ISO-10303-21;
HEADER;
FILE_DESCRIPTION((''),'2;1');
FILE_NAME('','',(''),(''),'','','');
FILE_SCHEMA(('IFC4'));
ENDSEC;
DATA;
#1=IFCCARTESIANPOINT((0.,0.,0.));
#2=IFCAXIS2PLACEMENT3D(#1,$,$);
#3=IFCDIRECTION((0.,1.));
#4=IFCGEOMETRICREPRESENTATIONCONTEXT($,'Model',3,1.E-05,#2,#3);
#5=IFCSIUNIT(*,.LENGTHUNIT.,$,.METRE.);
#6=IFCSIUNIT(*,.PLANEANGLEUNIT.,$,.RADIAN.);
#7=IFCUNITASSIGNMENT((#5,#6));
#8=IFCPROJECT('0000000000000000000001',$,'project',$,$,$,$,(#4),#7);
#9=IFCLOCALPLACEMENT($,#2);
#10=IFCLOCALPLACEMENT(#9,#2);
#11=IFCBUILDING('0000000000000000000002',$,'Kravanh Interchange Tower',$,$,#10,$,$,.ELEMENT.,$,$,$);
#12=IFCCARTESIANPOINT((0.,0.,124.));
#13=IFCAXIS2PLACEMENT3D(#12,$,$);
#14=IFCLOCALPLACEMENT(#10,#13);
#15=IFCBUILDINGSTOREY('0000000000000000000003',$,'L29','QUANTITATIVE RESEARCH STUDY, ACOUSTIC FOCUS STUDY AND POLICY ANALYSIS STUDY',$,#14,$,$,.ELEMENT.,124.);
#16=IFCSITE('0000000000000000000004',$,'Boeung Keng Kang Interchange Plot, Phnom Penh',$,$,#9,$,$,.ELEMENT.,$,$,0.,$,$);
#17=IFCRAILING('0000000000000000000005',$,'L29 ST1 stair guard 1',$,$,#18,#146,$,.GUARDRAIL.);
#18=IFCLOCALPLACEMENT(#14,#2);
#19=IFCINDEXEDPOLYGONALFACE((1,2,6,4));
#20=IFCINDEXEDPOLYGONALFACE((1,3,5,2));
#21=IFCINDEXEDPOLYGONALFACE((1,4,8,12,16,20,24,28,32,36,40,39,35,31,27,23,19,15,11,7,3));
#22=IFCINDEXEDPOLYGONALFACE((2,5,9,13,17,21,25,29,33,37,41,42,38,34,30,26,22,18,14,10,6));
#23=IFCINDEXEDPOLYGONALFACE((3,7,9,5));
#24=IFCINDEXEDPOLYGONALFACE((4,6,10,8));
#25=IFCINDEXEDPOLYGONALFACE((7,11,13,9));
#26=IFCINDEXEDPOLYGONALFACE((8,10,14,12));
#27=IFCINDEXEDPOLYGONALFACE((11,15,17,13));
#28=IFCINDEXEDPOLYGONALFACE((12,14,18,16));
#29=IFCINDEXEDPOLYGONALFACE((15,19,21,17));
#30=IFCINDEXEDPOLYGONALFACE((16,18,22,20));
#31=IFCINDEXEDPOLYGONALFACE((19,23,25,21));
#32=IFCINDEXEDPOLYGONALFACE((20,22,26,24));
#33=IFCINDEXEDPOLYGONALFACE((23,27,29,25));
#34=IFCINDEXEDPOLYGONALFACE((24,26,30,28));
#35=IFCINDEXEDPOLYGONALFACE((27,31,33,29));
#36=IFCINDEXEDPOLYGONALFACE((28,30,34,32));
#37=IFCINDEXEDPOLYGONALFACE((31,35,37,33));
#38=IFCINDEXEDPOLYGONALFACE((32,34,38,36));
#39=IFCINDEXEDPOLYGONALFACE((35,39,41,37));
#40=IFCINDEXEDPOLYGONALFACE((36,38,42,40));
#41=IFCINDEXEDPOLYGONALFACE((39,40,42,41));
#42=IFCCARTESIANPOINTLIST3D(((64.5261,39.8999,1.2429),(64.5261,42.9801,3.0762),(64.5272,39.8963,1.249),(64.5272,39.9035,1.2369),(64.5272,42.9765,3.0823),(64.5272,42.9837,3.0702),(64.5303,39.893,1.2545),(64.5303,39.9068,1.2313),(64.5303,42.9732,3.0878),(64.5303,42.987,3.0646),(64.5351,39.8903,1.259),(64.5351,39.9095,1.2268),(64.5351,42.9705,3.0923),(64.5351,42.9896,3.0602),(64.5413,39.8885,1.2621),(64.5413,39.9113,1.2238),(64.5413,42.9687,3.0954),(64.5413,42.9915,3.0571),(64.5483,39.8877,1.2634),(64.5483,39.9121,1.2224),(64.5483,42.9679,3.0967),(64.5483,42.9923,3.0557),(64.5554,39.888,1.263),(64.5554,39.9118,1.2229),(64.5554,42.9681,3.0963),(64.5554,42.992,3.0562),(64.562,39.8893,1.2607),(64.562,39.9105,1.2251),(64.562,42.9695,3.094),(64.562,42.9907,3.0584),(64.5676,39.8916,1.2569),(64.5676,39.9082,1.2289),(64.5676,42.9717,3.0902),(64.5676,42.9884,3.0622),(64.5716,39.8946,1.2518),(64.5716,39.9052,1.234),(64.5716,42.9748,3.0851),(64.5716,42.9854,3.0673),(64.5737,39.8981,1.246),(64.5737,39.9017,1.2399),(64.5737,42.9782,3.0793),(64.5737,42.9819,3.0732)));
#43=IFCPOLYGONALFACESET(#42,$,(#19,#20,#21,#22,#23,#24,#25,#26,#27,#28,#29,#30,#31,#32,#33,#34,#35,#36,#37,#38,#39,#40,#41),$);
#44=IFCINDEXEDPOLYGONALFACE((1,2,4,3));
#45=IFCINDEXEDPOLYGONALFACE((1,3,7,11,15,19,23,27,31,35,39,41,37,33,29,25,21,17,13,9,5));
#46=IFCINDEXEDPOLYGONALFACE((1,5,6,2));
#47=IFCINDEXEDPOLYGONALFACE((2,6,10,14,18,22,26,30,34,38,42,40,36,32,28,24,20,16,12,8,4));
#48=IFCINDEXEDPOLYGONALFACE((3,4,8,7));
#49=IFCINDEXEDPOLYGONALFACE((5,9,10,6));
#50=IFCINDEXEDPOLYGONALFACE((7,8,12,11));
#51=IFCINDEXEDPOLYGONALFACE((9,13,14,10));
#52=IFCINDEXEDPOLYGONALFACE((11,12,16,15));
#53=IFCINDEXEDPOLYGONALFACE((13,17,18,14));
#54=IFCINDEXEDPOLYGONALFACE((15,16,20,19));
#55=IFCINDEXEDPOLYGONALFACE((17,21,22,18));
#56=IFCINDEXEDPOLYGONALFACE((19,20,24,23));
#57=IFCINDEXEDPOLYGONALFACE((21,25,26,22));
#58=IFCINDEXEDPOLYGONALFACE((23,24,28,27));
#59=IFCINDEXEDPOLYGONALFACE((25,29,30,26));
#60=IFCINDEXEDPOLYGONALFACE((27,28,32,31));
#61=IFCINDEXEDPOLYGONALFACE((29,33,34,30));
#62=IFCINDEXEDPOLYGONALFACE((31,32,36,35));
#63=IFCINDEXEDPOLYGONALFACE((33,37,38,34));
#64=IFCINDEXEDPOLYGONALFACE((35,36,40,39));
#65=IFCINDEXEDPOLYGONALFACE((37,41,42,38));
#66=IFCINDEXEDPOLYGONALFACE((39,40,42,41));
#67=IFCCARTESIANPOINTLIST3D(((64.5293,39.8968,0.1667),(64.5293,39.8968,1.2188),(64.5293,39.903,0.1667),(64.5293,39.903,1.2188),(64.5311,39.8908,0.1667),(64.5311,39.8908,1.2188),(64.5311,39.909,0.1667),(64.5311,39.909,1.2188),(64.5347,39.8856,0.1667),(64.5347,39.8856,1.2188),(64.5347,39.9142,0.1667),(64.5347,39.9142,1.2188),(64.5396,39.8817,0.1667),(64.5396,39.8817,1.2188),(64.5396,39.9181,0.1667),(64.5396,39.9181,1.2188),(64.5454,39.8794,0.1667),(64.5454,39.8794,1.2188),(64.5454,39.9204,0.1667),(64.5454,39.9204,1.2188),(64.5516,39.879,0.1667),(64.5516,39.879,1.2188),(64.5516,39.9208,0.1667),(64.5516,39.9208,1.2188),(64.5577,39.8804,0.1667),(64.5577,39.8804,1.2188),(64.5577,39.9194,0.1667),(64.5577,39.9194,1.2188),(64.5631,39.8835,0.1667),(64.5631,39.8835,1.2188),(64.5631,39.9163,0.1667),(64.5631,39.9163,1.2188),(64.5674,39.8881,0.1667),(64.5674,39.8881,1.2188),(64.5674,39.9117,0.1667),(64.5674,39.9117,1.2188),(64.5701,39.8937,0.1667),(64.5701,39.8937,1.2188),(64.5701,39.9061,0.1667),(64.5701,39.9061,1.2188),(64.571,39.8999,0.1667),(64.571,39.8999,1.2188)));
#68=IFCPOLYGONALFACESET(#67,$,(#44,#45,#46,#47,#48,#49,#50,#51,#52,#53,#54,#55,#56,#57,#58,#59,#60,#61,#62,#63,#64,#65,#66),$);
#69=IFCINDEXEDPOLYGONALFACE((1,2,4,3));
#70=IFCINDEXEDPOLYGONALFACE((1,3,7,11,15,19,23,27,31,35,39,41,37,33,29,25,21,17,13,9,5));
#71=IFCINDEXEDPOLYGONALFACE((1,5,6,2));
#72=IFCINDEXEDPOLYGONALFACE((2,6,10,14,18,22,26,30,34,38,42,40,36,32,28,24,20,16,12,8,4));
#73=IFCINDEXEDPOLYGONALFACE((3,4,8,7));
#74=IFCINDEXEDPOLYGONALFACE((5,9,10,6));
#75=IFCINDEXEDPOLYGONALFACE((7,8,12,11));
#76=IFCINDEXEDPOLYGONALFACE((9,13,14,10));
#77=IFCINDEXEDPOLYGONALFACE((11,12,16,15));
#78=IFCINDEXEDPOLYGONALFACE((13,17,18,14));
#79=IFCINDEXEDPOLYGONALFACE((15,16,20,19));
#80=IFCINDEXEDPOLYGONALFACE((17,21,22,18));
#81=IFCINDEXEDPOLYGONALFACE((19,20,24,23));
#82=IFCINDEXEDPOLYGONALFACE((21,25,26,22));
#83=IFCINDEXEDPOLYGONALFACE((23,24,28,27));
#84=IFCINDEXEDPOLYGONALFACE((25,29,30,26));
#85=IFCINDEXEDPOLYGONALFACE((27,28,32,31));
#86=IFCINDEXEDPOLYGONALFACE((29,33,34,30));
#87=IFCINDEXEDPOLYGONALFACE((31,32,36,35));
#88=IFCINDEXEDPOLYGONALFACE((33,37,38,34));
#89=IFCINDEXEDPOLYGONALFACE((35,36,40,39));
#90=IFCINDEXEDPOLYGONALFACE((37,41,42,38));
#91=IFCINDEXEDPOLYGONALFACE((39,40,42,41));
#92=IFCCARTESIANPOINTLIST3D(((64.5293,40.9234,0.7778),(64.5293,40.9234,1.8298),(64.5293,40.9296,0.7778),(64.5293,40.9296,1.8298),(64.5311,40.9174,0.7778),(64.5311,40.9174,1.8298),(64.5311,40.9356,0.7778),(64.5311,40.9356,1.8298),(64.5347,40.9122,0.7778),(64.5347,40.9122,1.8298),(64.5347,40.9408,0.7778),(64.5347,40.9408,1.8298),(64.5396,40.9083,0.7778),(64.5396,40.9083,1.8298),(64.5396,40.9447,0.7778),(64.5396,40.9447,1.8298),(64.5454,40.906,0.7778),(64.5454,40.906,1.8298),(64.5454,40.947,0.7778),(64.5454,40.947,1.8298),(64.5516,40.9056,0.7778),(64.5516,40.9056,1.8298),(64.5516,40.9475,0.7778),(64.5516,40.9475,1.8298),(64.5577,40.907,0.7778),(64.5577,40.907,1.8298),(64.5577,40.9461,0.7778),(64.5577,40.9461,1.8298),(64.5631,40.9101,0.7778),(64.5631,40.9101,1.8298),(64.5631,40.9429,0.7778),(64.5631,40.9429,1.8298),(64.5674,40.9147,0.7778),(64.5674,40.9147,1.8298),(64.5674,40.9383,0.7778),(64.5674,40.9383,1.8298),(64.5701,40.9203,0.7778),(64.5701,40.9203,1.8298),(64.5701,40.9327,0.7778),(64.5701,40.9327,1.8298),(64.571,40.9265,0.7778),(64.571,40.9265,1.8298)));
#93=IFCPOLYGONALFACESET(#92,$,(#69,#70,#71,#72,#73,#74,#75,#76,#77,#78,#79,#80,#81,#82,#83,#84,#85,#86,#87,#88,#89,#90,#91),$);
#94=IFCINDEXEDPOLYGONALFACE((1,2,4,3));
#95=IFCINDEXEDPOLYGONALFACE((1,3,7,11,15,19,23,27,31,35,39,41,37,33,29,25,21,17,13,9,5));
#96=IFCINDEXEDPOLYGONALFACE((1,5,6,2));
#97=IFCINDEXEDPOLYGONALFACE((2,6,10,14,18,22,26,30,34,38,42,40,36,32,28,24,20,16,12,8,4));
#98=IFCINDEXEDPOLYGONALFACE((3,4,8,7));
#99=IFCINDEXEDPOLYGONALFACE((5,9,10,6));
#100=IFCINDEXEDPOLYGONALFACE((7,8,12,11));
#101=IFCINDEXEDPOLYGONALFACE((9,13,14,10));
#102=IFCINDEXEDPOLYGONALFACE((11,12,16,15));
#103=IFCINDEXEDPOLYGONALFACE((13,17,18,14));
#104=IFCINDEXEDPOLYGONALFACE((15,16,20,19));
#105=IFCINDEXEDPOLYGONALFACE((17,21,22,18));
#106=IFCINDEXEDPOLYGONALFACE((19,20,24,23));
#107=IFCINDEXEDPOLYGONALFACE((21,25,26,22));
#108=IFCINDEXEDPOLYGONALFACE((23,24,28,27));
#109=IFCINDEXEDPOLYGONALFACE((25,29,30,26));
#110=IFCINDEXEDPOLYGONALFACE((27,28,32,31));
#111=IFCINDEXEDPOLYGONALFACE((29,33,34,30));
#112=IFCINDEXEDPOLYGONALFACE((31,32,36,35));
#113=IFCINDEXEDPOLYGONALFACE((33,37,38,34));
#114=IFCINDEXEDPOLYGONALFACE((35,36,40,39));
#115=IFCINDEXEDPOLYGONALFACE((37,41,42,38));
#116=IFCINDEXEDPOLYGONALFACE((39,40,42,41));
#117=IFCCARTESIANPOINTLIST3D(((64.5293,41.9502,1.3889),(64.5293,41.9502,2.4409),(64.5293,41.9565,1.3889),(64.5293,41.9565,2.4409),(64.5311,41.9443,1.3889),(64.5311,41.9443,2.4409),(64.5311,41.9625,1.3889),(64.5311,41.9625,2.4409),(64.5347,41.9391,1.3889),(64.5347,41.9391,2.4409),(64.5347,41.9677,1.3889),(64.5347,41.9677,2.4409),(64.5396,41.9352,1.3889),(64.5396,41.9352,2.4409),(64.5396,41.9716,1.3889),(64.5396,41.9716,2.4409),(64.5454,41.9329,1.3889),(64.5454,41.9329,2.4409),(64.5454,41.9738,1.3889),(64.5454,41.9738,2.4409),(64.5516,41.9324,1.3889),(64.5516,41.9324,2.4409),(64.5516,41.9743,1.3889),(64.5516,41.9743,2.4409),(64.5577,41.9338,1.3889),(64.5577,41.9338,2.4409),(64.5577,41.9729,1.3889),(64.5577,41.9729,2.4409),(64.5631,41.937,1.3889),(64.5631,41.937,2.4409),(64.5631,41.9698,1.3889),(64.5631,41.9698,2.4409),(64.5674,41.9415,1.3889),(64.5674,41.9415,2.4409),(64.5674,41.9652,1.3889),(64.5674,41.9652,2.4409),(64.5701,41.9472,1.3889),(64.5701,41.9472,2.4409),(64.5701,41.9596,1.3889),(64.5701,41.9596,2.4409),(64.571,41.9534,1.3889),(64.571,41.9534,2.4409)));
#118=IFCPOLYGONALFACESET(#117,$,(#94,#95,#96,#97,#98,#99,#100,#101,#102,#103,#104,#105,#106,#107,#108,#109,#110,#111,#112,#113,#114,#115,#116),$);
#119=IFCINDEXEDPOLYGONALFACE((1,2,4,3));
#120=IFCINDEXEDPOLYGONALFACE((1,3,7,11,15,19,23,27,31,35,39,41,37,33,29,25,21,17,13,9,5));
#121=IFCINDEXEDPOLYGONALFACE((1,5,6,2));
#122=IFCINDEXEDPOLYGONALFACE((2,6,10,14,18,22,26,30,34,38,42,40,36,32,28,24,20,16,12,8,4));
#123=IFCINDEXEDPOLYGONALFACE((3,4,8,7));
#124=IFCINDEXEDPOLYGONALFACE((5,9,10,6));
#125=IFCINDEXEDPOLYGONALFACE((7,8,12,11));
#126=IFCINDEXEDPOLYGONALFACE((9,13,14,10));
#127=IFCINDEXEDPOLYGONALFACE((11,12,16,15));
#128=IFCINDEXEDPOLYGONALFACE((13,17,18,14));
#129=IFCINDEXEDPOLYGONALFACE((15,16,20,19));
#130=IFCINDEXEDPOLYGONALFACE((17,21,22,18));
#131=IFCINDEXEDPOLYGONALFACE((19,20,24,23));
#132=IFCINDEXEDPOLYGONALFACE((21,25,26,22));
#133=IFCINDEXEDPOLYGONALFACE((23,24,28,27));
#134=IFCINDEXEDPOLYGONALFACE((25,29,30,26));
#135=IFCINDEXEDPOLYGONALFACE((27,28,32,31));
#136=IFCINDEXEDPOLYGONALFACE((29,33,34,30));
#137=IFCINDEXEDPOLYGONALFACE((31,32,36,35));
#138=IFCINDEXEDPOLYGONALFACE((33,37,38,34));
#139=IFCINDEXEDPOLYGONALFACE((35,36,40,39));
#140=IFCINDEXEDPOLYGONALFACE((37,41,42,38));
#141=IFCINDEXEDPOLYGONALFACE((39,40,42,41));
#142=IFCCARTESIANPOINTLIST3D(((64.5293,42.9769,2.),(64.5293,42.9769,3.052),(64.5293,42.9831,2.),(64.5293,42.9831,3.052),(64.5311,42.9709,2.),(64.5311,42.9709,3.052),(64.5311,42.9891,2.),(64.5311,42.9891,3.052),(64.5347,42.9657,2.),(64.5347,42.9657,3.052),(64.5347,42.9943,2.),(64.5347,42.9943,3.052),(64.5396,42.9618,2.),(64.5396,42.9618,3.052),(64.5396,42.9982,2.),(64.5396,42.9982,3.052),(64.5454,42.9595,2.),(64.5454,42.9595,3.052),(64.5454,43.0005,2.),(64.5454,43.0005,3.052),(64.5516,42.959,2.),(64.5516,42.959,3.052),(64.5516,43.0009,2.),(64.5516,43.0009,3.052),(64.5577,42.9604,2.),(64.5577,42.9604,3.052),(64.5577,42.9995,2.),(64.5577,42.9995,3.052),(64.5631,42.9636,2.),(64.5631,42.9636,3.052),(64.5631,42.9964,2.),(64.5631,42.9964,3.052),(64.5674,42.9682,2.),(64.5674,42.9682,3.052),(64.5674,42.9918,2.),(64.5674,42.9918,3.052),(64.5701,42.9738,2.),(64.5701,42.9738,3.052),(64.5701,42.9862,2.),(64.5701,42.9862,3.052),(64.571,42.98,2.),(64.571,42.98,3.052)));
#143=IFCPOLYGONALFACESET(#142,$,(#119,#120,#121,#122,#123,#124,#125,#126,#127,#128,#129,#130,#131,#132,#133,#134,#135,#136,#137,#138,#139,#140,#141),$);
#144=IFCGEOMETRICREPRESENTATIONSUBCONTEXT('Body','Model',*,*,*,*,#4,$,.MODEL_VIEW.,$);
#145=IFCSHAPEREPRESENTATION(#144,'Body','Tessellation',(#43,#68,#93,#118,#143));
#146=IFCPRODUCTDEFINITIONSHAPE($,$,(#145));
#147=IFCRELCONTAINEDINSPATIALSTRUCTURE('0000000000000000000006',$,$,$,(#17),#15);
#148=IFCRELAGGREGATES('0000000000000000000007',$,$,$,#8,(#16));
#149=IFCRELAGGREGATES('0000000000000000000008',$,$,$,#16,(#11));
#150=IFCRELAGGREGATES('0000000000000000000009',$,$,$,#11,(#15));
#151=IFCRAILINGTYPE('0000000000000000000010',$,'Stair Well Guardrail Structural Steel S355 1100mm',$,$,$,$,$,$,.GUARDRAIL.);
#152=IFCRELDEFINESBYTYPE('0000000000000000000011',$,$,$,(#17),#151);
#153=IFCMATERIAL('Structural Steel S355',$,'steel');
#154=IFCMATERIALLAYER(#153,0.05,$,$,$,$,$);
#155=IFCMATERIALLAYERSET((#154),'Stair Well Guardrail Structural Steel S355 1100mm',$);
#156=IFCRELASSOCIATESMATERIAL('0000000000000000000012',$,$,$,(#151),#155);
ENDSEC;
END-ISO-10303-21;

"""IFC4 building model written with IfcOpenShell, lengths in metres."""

from ifc_helpers import new_model, si_unit, direction, frame, origin, origin_2d, place, context, subcontext, project, spatial, circle, extrude, material, layer, layer_set, type_object, element, save


model = new_model("IFC4")

# Units and contexts
model_context = context("Model", 3, precision=1e-05, world=origin(), true_north=direction((0.0, 1.0)))
body_context = subcontext(model_context, "Body", "Model", "MODEL_VIEW")
ifc_project = project(units=[si_unit("LENGTHUNIT", "METRE"), si_unit("PLANEANGLEUNIT", "RADIAN")], contexts=[model_context])

# Site, building, storey
site_placement = place(None, origin())
site = spatial("IfcSite", under=ifc_project, at=site_placement, Name="Boeung Keng Kang Interchange Plot, Phnom Penh", CompositionType="ELEMENT", RefElevation=0.0)
building_placement = place(site_placement, origin())
building = spatial("IfcBuilding", under=site, at=building_placement, Name="Kravanh Interchange Tower", CompositionType="ELEMENT")
storey_placement = place(building_placement, frame((0.0, 0.0, 124.0)))
storey = spatial("IfcBuildingStorey", under=building, at=storey_placement, Name="L29", Description="QUANTITATIVE RESEARCH STUDY, ACOUSTIC FOCUS STUDY AND POLICY ANALYSIS STUDY", CompositionType="ELEMENT", Elevation=124.0)

# Railing
ifc_material_1 = material(Name="Structural Steel S355", Category="steel")
ifc_layer_1 = layer(ifc_material_1, 0.05)
ifc_layer_set_1 = layer_set([ifc_layer_1], Name="Stair Well Guardrail Structural Steel S355 1100mm")
railing_type_1 = type_object("IfcRailingType", Name="Stair Well Guardrail Structural Steel S355 1100mm", PredefinedType="GUARDRAIL", material=ifc_layer_set_1)
railing_1_placement = place(storey_placement, frame((64.55, 39.8999, 0.1667)))
element("IfcRailing", 1, at=railing_1_placement, inside=storey, type_object=railing_type_1, Name="L29 ST1 stair guard 1", PredefinedType="GUARDRAIL", context=body_context, shape_type="SweptSolid", body=[
    extrude(circle(Radius=0.0239, at=origin_2d()), frame((0.0, 0.0, 1.0762), z_axis=(0.0, 0.859309, 0.511458), x_axis=(-1.0, 0.0, 0.0)), (0.0, 0.0, 1.0), 3.5845),
    extrude(circle(Radius=0.021, at=origin_2d()), origin(), (0.0, 0.0, 1.0), 1.052),
    extrude(circle(Radius=0.021, at=origin_2d()), frame((0.0, 1.0266, 0.6111)), (0.0, 0.0, 1.0), 1.052),
    extrude(circle(Radius=0.021, at=origin_2d()), frame((0.0, 2.0535, 1.2222)), (0.0, 0.0, 1.0), 1.052),
    extrude(circle(Radius=0.021, at=origin_2d()), frame((0.0, 3.0801, 1.8333)), (0.0, 0.0, 1.0), 1.052),
])

save(model, "model.ifc")
